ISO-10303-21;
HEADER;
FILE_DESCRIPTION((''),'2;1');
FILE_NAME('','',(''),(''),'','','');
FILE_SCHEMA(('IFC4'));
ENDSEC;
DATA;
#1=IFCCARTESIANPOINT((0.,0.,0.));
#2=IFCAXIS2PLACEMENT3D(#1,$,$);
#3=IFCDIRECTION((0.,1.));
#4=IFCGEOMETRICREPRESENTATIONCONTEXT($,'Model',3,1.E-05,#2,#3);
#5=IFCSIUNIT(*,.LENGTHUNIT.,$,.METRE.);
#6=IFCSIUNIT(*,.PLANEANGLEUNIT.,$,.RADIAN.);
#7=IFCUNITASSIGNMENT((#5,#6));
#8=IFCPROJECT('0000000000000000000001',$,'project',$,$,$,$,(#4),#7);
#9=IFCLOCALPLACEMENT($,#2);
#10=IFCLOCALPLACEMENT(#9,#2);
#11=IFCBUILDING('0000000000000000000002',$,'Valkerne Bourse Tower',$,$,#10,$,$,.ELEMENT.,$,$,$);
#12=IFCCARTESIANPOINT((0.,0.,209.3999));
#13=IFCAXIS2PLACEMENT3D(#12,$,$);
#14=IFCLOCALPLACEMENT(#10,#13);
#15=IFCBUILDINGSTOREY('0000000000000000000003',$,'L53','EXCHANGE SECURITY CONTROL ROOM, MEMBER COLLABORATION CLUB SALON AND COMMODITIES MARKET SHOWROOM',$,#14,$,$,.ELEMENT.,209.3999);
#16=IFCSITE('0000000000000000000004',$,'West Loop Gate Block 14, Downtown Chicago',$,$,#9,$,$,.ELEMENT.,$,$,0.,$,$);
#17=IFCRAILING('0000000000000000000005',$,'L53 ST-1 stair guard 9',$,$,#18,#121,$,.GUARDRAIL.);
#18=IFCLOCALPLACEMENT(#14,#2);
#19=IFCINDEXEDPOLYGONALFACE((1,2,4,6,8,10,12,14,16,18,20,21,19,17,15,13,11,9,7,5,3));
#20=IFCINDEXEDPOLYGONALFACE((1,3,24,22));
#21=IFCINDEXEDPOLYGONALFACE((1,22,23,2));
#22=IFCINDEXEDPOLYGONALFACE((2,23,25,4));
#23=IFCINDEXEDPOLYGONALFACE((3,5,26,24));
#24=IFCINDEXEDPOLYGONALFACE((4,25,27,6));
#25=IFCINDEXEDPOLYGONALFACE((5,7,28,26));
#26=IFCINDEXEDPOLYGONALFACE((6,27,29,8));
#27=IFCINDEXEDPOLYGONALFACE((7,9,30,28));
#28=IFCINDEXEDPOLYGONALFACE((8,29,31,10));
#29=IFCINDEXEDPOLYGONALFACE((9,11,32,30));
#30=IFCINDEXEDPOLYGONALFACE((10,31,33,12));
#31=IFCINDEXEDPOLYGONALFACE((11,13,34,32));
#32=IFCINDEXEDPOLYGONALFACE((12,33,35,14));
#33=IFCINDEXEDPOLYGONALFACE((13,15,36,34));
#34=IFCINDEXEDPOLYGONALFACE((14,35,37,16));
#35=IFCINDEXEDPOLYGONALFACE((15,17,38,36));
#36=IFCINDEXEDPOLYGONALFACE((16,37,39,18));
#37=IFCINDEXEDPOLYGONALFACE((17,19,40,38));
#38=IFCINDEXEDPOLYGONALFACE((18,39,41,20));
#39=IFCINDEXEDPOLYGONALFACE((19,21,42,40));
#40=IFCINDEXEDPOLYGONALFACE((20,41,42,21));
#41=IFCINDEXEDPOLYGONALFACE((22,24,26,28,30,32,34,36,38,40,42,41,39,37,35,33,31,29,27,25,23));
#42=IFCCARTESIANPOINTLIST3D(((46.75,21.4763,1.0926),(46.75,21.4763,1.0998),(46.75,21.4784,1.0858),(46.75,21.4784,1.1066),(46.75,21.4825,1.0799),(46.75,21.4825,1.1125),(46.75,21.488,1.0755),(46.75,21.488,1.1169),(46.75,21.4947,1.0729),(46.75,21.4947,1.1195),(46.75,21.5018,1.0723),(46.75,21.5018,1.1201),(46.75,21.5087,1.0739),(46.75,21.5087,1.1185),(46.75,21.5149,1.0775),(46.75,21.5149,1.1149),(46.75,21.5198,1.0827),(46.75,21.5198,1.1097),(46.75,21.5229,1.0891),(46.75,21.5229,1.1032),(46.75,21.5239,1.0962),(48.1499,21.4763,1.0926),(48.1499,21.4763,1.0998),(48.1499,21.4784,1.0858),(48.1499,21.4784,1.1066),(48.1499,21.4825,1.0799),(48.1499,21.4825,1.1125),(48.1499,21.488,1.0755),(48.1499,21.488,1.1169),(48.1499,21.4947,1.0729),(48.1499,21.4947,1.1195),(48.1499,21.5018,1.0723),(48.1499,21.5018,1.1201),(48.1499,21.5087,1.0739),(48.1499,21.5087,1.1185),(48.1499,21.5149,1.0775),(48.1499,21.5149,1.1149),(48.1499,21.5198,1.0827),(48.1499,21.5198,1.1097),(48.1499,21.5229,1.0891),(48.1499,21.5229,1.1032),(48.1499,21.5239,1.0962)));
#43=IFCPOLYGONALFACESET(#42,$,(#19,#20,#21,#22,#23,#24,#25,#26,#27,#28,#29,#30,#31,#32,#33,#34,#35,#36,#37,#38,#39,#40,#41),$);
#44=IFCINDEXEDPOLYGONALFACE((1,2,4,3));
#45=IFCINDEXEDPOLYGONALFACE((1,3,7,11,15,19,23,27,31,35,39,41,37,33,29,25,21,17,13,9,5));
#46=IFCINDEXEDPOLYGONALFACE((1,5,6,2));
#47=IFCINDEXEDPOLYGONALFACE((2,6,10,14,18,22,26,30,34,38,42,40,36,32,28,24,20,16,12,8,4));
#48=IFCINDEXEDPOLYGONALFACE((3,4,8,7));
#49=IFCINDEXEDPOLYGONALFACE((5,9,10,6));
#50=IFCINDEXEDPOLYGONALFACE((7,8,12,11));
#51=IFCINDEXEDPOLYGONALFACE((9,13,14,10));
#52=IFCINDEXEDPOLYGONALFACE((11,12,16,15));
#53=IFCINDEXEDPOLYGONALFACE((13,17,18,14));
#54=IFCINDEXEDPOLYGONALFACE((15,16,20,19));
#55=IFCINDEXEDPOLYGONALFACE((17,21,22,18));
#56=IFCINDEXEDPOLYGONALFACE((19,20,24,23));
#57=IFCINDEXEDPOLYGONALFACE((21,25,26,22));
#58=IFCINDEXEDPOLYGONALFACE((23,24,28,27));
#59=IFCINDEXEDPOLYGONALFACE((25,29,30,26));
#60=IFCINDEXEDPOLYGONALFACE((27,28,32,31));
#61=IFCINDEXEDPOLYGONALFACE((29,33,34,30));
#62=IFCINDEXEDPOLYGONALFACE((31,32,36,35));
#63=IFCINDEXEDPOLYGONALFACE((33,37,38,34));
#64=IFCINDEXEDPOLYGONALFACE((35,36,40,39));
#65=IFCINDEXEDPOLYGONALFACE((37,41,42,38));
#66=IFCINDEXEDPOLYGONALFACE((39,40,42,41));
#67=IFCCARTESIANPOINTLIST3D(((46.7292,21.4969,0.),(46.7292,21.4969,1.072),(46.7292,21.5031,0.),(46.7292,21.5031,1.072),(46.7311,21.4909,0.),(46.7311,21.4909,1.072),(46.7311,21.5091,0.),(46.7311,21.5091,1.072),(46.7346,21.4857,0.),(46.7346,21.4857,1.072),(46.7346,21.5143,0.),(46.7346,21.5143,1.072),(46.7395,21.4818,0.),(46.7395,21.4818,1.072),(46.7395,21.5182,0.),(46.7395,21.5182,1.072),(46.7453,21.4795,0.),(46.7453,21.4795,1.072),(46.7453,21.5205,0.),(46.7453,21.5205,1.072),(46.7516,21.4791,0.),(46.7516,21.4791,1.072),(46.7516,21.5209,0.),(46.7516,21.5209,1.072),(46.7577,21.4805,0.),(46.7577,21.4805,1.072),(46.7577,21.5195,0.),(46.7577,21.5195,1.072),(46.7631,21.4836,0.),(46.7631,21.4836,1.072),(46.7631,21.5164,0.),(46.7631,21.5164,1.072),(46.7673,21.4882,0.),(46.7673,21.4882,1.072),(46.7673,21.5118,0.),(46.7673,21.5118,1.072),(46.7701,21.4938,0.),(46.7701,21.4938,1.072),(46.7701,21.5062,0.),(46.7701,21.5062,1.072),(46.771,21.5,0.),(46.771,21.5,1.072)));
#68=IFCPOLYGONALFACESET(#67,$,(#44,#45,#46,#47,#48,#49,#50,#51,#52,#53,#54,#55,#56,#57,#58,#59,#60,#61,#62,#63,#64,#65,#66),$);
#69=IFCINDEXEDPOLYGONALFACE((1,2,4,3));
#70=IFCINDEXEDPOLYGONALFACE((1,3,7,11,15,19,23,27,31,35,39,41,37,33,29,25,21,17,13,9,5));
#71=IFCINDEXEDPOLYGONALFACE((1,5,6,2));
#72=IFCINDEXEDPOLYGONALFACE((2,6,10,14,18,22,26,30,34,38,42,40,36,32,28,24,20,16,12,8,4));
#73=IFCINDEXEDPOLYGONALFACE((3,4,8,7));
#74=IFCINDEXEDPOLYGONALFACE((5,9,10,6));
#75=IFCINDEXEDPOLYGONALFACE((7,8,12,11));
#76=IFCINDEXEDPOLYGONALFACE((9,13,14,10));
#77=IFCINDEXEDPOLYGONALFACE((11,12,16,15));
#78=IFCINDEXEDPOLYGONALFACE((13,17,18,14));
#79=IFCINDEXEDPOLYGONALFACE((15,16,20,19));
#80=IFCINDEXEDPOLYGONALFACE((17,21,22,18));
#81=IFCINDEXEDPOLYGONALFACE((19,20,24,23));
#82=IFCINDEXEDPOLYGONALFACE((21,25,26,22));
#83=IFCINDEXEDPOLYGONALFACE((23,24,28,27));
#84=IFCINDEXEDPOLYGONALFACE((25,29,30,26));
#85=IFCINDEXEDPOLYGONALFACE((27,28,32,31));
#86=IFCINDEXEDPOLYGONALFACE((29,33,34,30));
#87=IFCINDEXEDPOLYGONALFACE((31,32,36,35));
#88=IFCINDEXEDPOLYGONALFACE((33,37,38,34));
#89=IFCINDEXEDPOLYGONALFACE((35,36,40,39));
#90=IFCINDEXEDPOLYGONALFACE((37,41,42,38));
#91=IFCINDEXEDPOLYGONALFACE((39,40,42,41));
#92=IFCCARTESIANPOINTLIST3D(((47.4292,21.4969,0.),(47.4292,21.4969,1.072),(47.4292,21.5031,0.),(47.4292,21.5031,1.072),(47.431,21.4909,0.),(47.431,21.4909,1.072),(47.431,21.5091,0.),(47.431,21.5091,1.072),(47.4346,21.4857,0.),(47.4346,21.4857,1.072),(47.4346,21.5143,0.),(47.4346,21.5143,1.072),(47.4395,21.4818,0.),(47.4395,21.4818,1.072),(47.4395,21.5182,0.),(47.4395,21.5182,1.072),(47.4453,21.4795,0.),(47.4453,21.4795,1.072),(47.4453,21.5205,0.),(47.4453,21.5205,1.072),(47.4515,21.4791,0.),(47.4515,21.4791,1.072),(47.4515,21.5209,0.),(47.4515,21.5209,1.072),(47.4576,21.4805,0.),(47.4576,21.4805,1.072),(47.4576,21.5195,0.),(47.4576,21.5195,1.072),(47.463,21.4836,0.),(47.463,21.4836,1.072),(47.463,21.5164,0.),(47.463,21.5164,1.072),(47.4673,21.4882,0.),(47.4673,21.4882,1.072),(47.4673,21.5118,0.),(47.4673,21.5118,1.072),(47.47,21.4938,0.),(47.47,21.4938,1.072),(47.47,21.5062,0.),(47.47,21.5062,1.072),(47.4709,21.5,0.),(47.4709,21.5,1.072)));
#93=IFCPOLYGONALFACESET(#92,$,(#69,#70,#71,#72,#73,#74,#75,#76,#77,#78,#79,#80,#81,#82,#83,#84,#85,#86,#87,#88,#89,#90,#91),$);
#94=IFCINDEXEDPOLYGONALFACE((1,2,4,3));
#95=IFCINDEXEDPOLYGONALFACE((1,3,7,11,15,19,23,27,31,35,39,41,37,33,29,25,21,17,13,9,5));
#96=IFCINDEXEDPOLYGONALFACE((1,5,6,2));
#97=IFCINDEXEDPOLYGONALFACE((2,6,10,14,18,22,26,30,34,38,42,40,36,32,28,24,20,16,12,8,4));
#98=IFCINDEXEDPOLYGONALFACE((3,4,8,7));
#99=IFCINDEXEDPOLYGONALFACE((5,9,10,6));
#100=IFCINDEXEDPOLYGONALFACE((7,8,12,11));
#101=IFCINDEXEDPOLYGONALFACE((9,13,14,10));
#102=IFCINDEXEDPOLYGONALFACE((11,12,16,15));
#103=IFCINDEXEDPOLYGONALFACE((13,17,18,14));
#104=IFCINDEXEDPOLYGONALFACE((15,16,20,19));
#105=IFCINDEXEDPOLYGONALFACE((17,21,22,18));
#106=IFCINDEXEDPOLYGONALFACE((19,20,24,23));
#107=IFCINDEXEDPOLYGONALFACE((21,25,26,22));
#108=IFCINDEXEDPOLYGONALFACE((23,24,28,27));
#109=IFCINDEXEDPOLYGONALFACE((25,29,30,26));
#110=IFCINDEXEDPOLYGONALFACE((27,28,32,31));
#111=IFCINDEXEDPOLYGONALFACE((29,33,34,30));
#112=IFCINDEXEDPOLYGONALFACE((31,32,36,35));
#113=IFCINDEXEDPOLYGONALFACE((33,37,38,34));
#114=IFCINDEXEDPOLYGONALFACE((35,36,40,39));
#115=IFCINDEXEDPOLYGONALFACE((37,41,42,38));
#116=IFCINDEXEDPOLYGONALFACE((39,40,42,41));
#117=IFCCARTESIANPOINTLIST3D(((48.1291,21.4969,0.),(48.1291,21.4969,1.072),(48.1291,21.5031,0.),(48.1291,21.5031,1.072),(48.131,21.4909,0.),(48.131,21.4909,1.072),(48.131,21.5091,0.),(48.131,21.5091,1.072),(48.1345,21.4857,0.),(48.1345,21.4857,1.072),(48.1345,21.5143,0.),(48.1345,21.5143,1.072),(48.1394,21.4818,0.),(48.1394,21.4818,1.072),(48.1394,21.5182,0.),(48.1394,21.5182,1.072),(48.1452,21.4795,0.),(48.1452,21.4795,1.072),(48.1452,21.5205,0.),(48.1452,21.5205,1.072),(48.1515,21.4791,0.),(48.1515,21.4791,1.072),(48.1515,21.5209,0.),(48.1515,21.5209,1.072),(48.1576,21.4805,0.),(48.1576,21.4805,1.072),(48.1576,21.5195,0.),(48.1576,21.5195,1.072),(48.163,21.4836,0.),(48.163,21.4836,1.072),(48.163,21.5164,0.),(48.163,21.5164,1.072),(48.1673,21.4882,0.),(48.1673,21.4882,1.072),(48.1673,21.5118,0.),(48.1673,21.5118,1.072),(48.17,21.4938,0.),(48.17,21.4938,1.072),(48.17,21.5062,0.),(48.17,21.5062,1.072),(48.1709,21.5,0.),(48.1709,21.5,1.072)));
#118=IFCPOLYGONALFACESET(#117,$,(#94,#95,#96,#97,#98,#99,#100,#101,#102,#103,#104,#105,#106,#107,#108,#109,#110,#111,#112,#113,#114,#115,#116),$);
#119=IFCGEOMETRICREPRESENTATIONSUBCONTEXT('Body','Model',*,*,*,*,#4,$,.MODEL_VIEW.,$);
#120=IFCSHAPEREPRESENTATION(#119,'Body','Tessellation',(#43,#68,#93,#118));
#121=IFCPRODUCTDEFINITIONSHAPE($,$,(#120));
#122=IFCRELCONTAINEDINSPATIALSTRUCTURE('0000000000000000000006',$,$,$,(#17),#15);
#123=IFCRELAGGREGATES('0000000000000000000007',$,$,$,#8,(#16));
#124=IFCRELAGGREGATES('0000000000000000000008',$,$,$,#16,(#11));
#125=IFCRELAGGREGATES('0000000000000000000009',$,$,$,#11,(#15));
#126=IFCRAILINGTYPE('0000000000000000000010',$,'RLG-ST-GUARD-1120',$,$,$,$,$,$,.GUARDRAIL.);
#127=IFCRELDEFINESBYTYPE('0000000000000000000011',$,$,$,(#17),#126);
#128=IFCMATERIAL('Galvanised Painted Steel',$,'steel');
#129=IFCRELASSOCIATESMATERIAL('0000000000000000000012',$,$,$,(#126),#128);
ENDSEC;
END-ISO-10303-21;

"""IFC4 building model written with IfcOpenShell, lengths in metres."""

from ifc_helpers import new_model, si_unit, direction, frame, origin, origin_2d, place, context, subcontext, project, spatial, circle, extrude, material, type_object, element, save


model = new_model("IFC4")

# Units and contexts
model_context = context("Model", 3, precision=1e-05, world=origin(), true_north=direction((0.0, 1.0)))
body_context = subcontext(model_context, "Body", "Model", "MODEL_VIEW")
ifc_project = project(units=[si_unit("LENGTHUNIT", "METRE"), si_unit("PLANEANGLEUNIT", "RADIAN")], contexts=[model_context])

# Site, building, storey
site_placement = place(None, origin())
site = spatial("IfcSite", under=ifc_project, at=site_placement, Name="West Loop Gate Block 14, Downtown Chicago", CompositionType="ELEMENT", RefElevation=0.0)
building_placement = place(site_placement, origin())
building = spatial("IfcBuilding", under=site, at=building_placement, Name="Valkerne Bourse Tower", CompositionType="ELEMENT")
storey_placement = place(building_placement, frame((0.0, 0.0, 209.3999)))
storey = spatial("IfcBuildingStorey", under=building, at=storey_placement, Name="L53", Description="EXCHANGE SECURITY CONTROL ROOM, MEMBER COLLABORATION CLUB SALON AND COMMODITIES MARKET SHOWROOM", CompositionType="ELEMENT", Elevation=209.3999)

# Shared definitions
ifc_material_1 = material(Name="Galvanised Painted Steel", Category="steel")

# Railing
railing_type_1 = type_object("IfcRailingType", Name="RLG-ST-GUARD-1120", PredefinedType="GUARDRAIL", material=ifc_material_1)
for number, where, name in (
    (1, (46.75, 21.5, 0.0), "L53 ST-1 stair guard 9"),
):
    element("IfcRailing", number, at=place(storey_placement, frame(where)), inside=storey, type_object=railing_type_1, Name=name, PredefinedType="GUARDRAIL", context=body_context, shape_type="SweptSolid", body=[
        extrude(circle(Radius=0.0239, at=origin_2d()), frame((0.0, 0.0, 1.0962), z_axis=(1.0, 0.0, 0.0), x_axis=(0.0, 1.0, 0.0)), (0.0, 0.0, 1.0), 1.3999),
        extrude(circle(Radius=0.021, at=origin_2d()), origin(), (0.0, 0.0, 1.0), 1.072),
        extrude(circle(Radius=0.021, at=origin_2d()), frame((0.7, 0.0, 0.0)), (0.0, 0.0, 1.0), 1.072),
        extrude(circle(Radius=0.021, at=origin_2d()), frame((1.3999, 0.0, 0.0)), (0.0, 0.0, 1.0), 1.072),
    ])

save(model, "model.ifc")
